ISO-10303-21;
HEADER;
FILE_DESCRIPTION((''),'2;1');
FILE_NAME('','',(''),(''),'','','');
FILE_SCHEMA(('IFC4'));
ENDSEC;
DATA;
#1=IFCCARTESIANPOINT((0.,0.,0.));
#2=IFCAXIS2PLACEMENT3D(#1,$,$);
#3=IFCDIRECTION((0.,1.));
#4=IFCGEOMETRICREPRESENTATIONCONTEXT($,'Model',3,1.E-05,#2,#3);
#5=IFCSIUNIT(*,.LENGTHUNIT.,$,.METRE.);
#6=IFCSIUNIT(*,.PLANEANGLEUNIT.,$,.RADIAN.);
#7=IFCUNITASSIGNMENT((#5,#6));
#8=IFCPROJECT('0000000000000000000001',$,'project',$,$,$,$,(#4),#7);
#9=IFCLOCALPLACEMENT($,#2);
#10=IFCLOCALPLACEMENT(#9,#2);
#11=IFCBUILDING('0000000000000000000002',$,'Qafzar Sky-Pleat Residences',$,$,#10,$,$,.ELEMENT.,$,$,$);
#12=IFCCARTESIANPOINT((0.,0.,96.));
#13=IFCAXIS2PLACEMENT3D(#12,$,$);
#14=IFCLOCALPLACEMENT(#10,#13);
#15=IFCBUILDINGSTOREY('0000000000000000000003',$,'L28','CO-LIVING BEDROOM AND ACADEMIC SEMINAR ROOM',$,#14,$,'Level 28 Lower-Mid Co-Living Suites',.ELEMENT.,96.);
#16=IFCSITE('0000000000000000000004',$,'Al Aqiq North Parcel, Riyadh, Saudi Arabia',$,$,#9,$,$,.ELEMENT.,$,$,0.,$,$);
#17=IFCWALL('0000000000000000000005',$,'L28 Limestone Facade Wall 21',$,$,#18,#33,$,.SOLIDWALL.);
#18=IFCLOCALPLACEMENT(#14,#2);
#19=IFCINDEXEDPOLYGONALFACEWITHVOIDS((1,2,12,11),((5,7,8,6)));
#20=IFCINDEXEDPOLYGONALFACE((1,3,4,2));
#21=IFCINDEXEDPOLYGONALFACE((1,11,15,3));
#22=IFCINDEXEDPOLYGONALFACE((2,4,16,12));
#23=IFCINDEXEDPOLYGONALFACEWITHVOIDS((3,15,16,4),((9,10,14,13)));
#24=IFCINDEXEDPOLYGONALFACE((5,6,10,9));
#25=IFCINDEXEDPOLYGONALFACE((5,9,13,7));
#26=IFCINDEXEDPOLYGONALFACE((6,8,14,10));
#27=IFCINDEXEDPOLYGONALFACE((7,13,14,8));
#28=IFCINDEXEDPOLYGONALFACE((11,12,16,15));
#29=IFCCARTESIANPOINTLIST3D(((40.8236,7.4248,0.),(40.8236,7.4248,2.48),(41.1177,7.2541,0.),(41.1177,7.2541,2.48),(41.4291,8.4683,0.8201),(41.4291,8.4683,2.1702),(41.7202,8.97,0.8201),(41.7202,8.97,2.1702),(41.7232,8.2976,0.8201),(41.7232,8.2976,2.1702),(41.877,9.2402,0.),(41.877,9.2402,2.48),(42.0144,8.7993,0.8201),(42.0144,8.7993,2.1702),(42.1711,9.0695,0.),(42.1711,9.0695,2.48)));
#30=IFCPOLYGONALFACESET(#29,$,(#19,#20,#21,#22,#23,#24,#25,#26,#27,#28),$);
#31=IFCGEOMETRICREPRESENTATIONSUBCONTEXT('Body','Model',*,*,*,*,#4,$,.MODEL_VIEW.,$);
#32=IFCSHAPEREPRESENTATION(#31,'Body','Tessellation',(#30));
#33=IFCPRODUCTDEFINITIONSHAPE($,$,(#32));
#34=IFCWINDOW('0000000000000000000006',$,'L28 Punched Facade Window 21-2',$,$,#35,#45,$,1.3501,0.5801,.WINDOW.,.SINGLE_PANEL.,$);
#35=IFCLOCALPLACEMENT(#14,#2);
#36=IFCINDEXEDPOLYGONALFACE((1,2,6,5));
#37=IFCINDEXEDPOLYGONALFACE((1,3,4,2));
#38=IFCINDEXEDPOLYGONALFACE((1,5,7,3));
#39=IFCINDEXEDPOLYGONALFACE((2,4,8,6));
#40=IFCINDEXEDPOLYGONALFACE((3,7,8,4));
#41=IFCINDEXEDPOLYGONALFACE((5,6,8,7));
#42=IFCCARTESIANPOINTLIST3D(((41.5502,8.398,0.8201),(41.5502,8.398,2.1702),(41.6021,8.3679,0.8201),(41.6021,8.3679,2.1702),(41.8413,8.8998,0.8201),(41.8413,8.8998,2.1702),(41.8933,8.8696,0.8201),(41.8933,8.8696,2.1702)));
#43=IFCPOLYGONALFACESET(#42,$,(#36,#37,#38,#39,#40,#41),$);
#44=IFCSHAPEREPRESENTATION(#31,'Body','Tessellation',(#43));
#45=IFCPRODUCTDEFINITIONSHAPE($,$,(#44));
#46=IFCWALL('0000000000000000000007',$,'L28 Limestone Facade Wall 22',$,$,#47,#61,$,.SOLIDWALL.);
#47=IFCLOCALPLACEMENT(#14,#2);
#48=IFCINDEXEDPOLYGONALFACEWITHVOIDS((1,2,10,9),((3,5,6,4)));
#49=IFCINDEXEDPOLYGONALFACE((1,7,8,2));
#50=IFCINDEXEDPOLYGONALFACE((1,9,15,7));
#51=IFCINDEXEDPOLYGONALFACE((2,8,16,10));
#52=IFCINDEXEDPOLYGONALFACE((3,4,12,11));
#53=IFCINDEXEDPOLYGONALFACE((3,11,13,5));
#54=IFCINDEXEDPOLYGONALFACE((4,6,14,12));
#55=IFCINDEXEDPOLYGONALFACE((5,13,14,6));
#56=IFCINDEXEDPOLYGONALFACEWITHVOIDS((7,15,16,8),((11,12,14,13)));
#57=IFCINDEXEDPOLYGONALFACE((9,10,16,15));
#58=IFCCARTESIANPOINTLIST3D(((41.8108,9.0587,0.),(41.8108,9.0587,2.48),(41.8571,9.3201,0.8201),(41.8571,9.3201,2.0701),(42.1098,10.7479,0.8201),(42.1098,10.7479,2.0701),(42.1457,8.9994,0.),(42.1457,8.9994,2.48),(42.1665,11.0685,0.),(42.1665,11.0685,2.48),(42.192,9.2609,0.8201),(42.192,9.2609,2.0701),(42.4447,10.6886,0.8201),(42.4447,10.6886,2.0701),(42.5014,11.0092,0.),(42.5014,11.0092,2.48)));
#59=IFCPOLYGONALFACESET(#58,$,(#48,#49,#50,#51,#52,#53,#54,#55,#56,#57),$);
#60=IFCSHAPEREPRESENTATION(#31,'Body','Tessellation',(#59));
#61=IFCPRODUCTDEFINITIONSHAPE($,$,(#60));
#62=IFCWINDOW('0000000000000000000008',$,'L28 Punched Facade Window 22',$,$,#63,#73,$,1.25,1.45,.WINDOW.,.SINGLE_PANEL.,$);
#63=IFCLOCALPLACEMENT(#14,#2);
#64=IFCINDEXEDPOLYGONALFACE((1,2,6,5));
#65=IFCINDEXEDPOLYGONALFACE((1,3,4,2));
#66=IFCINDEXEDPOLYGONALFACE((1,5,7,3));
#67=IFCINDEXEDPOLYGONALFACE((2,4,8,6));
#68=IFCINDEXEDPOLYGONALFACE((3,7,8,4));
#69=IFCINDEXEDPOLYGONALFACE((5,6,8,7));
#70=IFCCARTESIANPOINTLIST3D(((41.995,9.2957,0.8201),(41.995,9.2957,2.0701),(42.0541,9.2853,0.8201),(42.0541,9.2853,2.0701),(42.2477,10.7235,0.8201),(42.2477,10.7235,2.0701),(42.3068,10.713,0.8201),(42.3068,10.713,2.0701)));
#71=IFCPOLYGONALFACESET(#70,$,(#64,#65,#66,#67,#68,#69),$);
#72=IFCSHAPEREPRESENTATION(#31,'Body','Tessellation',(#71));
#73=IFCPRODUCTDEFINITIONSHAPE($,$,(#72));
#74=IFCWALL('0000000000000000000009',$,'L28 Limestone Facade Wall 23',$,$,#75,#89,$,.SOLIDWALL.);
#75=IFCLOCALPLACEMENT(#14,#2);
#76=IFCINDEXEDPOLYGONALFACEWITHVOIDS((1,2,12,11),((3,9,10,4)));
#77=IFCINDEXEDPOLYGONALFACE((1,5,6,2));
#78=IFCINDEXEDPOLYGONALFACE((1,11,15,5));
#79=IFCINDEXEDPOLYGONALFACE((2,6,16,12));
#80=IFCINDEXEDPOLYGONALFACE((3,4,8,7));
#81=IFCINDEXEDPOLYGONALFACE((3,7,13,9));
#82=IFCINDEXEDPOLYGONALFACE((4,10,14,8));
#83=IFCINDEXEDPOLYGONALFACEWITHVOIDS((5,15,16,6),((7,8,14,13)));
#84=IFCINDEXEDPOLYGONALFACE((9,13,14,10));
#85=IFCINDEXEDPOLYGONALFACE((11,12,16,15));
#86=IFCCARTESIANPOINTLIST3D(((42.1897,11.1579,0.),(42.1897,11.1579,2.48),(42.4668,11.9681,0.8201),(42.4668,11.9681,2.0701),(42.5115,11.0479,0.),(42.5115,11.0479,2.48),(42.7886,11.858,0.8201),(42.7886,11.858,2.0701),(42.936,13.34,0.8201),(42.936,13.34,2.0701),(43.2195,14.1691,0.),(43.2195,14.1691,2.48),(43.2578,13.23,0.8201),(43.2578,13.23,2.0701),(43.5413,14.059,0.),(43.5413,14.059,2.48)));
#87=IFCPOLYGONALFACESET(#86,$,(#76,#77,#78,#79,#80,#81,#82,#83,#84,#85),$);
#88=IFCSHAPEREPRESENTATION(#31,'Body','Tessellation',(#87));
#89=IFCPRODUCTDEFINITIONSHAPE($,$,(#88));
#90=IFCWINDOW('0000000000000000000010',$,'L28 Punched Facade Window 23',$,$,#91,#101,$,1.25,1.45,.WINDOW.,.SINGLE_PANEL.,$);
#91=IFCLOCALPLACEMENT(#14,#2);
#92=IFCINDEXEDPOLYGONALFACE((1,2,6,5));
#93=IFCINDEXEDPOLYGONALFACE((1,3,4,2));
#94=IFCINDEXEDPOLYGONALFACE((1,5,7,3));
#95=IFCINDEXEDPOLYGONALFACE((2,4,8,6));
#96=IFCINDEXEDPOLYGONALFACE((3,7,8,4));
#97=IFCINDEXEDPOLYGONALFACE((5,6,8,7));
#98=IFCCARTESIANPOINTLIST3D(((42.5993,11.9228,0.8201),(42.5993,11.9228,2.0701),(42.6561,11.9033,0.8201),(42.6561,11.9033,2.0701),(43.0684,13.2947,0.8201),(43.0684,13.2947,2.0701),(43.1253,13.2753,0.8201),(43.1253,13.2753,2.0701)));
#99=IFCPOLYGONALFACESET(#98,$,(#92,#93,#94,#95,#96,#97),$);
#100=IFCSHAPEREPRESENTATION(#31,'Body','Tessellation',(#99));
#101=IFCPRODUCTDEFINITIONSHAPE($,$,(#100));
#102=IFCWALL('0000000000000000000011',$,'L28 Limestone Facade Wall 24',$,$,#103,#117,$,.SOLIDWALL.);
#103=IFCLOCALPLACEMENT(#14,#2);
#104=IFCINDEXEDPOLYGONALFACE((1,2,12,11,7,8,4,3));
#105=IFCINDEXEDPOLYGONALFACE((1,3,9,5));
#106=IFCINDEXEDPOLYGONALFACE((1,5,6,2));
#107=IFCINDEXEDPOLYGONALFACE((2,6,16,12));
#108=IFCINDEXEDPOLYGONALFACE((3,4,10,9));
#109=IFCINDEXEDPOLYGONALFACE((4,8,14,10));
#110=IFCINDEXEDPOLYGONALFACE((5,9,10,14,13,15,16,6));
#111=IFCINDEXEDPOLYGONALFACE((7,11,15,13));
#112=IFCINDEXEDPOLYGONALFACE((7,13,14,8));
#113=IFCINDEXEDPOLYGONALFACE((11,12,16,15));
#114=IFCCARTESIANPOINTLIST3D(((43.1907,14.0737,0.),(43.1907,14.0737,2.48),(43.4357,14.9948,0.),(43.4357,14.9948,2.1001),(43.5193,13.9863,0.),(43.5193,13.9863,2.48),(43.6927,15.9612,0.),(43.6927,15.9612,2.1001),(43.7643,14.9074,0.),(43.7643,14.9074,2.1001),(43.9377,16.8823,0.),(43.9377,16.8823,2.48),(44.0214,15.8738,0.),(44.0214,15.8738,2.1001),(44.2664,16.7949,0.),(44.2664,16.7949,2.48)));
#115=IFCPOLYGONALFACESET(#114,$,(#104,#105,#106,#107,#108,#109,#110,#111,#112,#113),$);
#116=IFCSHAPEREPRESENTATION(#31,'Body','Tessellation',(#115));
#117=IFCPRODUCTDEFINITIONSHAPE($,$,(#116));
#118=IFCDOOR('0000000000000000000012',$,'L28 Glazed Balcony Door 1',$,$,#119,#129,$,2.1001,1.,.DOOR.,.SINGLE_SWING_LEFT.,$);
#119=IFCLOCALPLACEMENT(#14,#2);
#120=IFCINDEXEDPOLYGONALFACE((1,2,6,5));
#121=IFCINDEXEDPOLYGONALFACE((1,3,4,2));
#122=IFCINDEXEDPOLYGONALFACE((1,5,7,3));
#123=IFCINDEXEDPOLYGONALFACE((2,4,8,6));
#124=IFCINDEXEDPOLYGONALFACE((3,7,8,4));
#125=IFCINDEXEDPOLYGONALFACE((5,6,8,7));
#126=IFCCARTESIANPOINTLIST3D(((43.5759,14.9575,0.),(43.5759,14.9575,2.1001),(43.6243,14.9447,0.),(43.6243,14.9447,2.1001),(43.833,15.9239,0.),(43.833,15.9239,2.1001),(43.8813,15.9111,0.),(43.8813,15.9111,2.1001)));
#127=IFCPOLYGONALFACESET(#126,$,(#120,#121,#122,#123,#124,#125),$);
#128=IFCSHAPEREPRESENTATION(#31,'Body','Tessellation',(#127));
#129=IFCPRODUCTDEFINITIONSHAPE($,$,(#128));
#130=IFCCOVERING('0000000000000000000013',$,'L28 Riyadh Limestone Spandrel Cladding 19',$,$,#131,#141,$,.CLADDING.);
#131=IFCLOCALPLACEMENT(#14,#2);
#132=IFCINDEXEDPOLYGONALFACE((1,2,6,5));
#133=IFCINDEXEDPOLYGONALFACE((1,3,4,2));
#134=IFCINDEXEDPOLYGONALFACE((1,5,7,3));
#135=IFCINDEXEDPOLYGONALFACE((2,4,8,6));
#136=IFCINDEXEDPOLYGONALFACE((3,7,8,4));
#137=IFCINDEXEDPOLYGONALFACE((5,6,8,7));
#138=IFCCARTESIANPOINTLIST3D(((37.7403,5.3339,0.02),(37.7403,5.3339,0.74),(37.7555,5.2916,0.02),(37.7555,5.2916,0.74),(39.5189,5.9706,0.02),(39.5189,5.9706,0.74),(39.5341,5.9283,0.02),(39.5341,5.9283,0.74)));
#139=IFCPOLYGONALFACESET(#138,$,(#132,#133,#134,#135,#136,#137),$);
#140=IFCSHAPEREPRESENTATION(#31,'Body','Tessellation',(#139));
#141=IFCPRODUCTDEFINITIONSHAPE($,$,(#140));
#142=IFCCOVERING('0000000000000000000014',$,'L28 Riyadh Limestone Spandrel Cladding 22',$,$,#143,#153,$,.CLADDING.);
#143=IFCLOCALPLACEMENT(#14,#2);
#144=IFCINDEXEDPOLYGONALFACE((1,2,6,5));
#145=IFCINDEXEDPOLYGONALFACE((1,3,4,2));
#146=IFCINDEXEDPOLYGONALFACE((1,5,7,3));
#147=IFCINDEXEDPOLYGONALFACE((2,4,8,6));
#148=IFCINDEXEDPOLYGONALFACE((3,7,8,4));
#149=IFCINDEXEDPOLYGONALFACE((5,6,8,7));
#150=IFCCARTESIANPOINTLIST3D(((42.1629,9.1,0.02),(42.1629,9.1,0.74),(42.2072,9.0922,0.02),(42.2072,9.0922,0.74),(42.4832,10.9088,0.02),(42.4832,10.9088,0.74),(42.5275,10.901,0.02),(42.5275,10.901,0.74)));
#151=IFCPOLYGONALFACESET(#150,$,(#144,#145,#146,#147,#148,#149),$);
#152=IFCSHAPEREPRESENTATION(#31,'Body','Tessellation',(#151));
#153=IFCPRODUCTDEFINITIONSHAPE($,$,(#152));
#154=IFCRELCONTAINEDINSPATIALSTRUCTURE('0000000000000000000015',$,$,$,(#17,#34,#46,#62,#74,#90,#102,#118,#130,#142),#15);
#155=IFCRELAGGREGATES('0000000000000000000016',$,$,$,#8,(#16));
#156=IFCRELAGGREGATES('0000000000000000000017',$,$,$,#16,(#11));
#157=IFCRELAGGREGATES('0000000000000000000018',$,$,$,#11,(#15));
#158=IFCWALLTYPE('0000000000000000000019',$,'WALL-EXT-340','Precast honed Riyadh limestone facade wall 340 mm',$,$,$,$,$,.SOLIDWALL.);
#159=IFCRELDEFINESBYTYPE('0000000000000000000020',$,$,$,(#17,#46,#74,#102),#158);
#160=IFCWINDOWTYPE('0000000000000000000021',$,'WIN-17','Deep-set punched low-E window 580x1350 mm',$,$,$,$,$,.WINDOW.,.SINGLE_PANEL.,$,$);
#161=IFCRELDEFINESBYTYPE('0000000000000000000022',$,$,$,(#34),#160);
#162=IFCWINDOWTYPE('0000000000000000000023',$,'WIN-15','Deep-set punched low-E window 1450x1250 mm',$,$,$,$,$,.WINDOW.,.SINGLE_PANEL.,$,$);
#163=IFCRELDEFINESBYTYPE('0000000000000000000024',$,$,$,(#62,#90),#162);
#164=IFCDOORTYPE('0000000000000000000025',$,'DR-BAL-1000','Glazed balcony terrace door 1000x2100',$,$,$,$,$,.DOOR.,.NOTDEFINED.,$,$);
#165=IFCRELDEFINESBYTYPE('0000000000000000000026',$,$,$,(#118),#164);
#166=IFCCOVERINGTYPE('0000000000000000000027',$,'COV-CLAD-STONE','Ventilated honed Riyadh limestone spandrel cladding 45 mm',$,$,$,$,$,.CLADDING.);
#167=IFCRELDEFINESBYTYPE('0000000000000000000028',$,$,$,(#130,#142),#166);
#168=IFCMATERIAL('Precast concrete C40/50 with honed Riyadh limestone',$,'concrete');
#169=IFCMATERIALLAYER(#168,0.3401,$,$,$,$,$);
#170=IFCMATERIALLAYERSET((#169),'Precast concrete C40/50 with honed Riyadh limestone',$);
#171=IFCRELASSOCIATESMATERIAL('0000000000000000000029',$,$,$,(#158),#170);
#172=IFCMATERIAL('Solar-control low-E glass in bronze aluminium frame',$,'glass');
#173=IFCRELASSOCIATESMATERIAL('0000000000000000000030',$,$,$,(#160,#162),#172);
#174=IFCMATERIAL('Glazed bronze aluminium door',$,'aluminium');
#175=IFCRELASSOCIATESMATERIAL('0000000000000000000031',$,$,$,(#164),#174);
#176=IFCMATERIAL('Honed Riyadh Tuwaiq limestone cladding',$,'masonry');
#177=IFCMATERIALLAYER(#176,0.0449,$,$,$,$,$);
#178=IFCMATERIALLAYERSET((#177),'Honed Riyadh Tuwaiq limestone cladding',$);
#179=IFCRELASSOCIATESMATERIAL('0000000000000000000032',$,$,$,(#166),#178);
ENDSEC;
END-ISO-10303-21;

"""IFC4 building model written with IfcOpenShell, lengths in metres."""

from ifc_helpers import new_model, si_unit, direction, frame, frame_2d, origin, origin_2d, place, context, subcontext, project, spatial, rectangle, extrude, source, transform, mapped, material, layer, layer_set, type_object, element, fill, save


model = new_model("IFC4")

# Units and contexts
model_context = context("Model", 3, precision=1e-05, world=origin(), true_north=direction((0.0, 1.0)))
body_context = subcontext(model_context, "Body", "Model", "MODEL_VIEW")
ifc_project = project(units=[si_unit("LENGTHUNIT", "METRE"), si_unit("PLANEANGLEUNIT", "RADIAN")], contexts=[model_context])

# Site, building, storey
site_placement = place(None, origin())
site = spatial("IfcSite", under=ifc_project, at=site_placement, Name="Al Aqiq North Parcel, Riyadh, Saudi Arabia", CompositionType="ELEMENT", RefElevation=0.0)
building_placement = place(site_placement, origin())
building = spatial("IfcBuilding", under=site, at=building_placement, Name="Qafzar Sky-Pleat Residences", CompositionType="ELEMENT")
storey_placement = place(building_placement, frame((0.0, 0.0, 96.0)))
storey = spatial("IfcBuildingStorey", under=building, at=storey_placement, Name="L28", Description="CO-LIVING BEDROOM AND ACADEMIC SEMINAR ROOM", LongName="Level 28 Lower-Mid Co-Living Suites", CompositionType="ELEMENT", Elevation=96.0)

# Walls, openings, windows
ifc_material_1 = material(Name="Precast concrete C40/50 with honed Riyadh limestone", Category="concrete")
ifc_layer_1 = layer(ifc_material_1, 0.3401)
ifc_layer_set_1 = layer_set([ifc_layer_1], Name="Precast concrete C40/50 with honed Riyadh limestone")
wall_type_1 = type_object("IfcWallType", Name="WALL-EXT-340", Description="Precast honed Riyadh limestone facade wall 340 mm", PredefinedType="SOLIDWALL", material=ifc_layer_set_1)
ifc_material_2 = material(Name="Solar-control low-E glass in bronze aluminium frame", Category="glass")
wall_1_placement = place(storey_placement, frame((40.9707, 7.3396, 0.0), z_axis=(0.0, 0.0, 1.0), x_axis=(0.501903, 0.864924, 0.0)))
wall_1 = element("IfcWall", 1, at=wall_1_placement, inside=storey, type_object=wall_type_1, Name="L28 Limestone Facade Wall 21", PredefinedType="SOLIDWALL", context=body_context, shape_type="SweptSolid", body=[
    extrude(rectangle(XDim=2.0989, YDim=0.3401, at=frame_2d((1.0493, 0.0))), origin(), (0.0, 0.0, 1.0), 2.48),
])
opening_1_placement = place(wall_1_placement, frame((1.2063, 0.0, 0.8201)))
opening_1 = element("IfcOpeningElement", 2, at=opening_1_placement, cuts=wall_1, PredefinedType="OPENING", context=body_context, shape_type="SweptSolid", body=[
    extrude(rectangle(XDim=0.5801, YDim=1.3501, at=frame_2d((0.29, 0.675))), frame((0.0, 0.1802, 0.0), z_axis=(0.0, -1.0, 0.0), x_axis=(1.0, 0.0, 0.0)), (0.0, 0.0, 1.0), 0.3601),
])
window_type_1 = type_object("IfcWindowType", Name="WIN-17", Description="Deep-set punched low-E window 580x1350 mm", PartitioningType="SINGLE_PANEL", PredefinedType="WINDOW", material=ifc_material_2)
shared_shape_1 = source(origin(), body_context, "Body", "SweptSolid", [
    extrude(rectangle(XDim=0.5801, YDim=1.3501, at=frame_2d((0.29, 0.675))), frame((0.0, 0.03, 0.0), z_axis=(0.0, -1.0, 0.0), x_axis=(1.0, 0.0, 0.0)), (0.0, 0.0, 1.0), 0.0601),
])
window_1_placement = place(opening_1_placement, origin())
window_1 = element("IfcWindow", 3, at=window_1_placement, inside=storey, type_object=window_type_1, Name="L28 Punched Facade Window 21-2", OverallHeight=1.3501, OverallWidth=0.5801, PartitioningType="SINGLE_PANEL", PredefinedType="WINDOW", context=body_context, shape_type="MappedRepresentation", body=[
    mapped(shared_shape_1, transform((0.0, 0.0, 0.0), x_axis=(1.0, 0.0, 0.0), y_axis=(0.0, 1.0, 0.0), z_axis=(0.0, 0.0, 1.0), scale=1.0)),
])
fill(opening_1, window_1)
wall_2_placement = place(storey_placement, frame((41.9783, 9.0291, 0.0), z_axis=(0.0, 0.0, 1.0), x_axis=(0.174283, 0.984696, 0.0)))
wall_2 = element("IfcWall", 4, at=wall_2_placement, inside=storey, type_object=wall_type_1, Name="L28 Limestone Facade Wall 22", PredefinedType="SOLIDWALL", context=body_context, shape_type="SweptSolid", body=[
    extrude(rectangle(XDim=2.041, YDim=0.3401, at=frame_2d((1.0205, 0.0))), origin(), (0.0, 0.0, 1.0), 2.48),
])
opening_2_placement = place(wall_2_placement, frame((0.2654, 0.0, 0.8201)))
opening_2 = element("IfcOpeningElement", 5, at=opening_2_placement, cuts=wall_2, PredefinedType="OPENING", context=body_context, shape_type="SweptSolid", body=[
    extrude(rectangle(XDim=1.45, YDim=1.25, at=frame_2d((0.7251, 0.625))), frame((0.0, 0.1802, 0.0), z_axis=(0.0, -1.0, 0.0), x_axis=(1.0, 0.0, 0.0)), (0.0, 0.0, 1.0), 0.3601),
])
window_type_2 = type_object("IfcWindowType", Name="WIN-15", Description="Deep-set punched low-E window 1450x1250 mm", PartitioningType="SINGLE_PANEL", PredefinedType="WINDOW", material=ifc_material_2)
shared_shape_2 = source(origin(), body_context, "Body", "SweptSolid", [
    extrude(rectangle(XDim=1.45, YDim=1.25, at=frame_2d((0.7251, 0.625))), frame((0.0, 0.03, 0.0), z_axis=(0.0, -1.0, 0.0), x_axis=(1.0, 0.0, 0.0)), (0.0, 0.0, 1.0), 0.0601),
])
window_2_placement = place(opening_2_placement, origin())
window_2 = element("IfcWindow", 6, at=window_2_placement, inside=storey, type_object=window_type_2, Name="L28 Punched Facade Window 22", OverallHeight=1.25, OverallWidth=1.45, PartitioningType="SINGLE_PANEL", PredefinedType="WINDOW", context=body_context, shape_type="MappedRepresentation", body=[
    mapped(shared_shape_2, transform((0.0, 0.0, 0.0), x_axis=(1.0, 0.0, 0.0), y_axis=(0.0, 1.0, 0.0), z_axis=(0.0, 0.0, 1.0), scale=1.0)),
])
fill(opening_2, window_2)
wall_3_placement = place(storey_placement, frame((42.3506, 11.1028, 0.0), z_axis=(0.0, 0.0, 1.0), x_axis=(0.323583, 0.9462, 0.0)))
wall_3 = element("IfcWall", 7, at=wall_3_placement, inside=storey, type_object=wall_type_1, Name="L28 Limestone Facade Wall 23", PredefinedType="SOLIDWALL", context=body_context, shape_type="SweptSolid", body=[
    extrude(rectangle(XDim=3.1824, YDim=0.3401, at=frame_2d((1.5913, 0.0))), origin(), (0.0, 0.0, 1.0), 2.48),
])
opening_3_placement = place(wall_3_placement, frame((0.8562, 0.0, 0.8201)))
opening_3 = element("IfcOpeningElement", 8, at=opening_3_placement, cuts=wall_3, PredefinedType="OPENING", context=body_context, shape_type="SweptSolid", body=[
    extrude(rectangle(XDim=1.45, YDim=1.25, at=frame_2d((0.7251, 0.625))), frame((0.0, 0.1802, 0.0), z_axis=(0.0, -1.0, 0.0), x_axis=(1.0, 0.0, 0.0)), (0.0, 0.0, 1.0), 0.3601),
])
window_3_placement = place(opening_3_placement, origin())
window_3 = element("IfcWindow", 9, at=window_3_placement, inside=storey, type_object=window_type_2, Name="L28 Punched Facade Window 23", OverallHeight=1.25, OverallWidth=1.45, PartitioningType="SINGLE_PANEL", PredefinedType="WINDOW", context=body_context, shape_type="MappedRepresentation", body=[
    mapped(shared_shape_2, transform((0.0, 0.0, 0.0), x_axis=(1.0, 0.0, 0.0), y_axis=(0.0, 1.0, 0.0), z_axis=(0.0, 0.0, 1.0), scale=1.0)),
])
fill(opening_3, window_3)

# Wall, opening, door
wall_4_placement = place(storey_placement, frame((43.355, 14.03, 0.0), z_axis=(0.0, 0.0, 1.0), x_axis=(0.257056, 0.966396, 0.0)))
wall_4 = element("IfcWall", 10, at=wall_4_placement, inside=storey, type_object=wall_type_1, Name="L28 Limestone Facade Wall 24", PredefinedType="SOLIDWALL", context=body_context, shape_type="SweptSolid", body=[
    extrude(rectangle(XDim=2.9062, YDim=0.3401, at=frame_2d((1.4531, 0.0))), origin(), (0.0, 0.0, 1.0), 2.48),
])
opening_4_placement = place(wall_4_placement, frame((0.9531, 0.0, 0.0)))
opening_4 = element("IfcOpeningElement", 11, at=opening_4_placement, cuts=wall_4, PredefinedType="OPENING", context=body_context, shape_type="SweptSolid", body=[
    extrude(rectangle(XDim=1.0, YDim=2.1001, at=frame_2d((0.5, 1.05))), frame((0.0, 0.1802, 0.0), z_axis=(0.0, -1.0, 0.0), x_axis=(1.0, 0.0, 0.0)), (0.0, 0.0, 1.0), 0.3601),
])
ifc_material_3 = material(Name="Glazed bronze aluminium door", Category="aluminium")
door_type_1 = type_object("IfcDoorType", Name="DR-BAL-1000", Description="Glazed balcony terrace door 1000x2100", OperationType="NOTDEFINED", PredefinedType="DOOR", material=ifc_material_3)
shared_shape_3 = source(origin(), body_context, "Body", "SweptSolid", [
    extrude(rectangle(XDim=1.0, YDim=2.1001, at=frame_2d((0.5, 1.05))), frame((0.0, 0.0249, 0.0), z_axis=(0.0, -1.0, 0.0), x_axis=(1.0, 0.0, 0.0)), (0.0, 0.0, 1.0), 0.05),
])
door_1_placement = place(opening_4_placement, origin())
door_1 = element("IfcDoor", 12, at=door_1_placement, inside=storey, type_object=door_type_1, Name="L28 Glazed Balcony Door 1", OperationType="SINGLE_SWING_LEFT", OverallHeight=2.1001, OverallWidth=1.0, PredefinedType="DOOR", context=body_context, shape_type="MappedRepresentation", body=[
    mapped(shared_shape_3, transform((0.0, 0.0, 0.0), x_axis=(1.0, 0.0, 0.0), y_axis=(0.0, 1.0, 0.0), z_axis=(0.0, 0.0, 1.0), scale=1.0)),
])
fill(opening_4, door_1)

# Coverings
ifc_material_4 = material(Name="Honed Riyadh Tuwaiq limestone cladding", Category="masonry")
ifc_layer_2 = layer(ifc_material_4, 0.0449)
ifc_layer_set_2 = layer_set([ifc_layer_2], Name="Honed Riyadh Tuwaiq limestone cladding")
covering_type = type_object("IfcCoveringType", Name="COV-CLAD-STONE", Description="Ventilated honed Riyadh limestone spandrel cladding 45 mm", PredefinedType="CLADDING", material=ifc_layer_set_2)
shared_shape_4 = source(origin(), body_context, "Body", "SweptSolid", [
    extrude(rectangle(XDim=1.8892, YDim=0.0449, at=origin_2d()), origin(), (0.0, 0.0, 1.0), 0.72),
])
covering_1_placement = place(storey_placement, frame((38.6372, 5.6311, 0.02), z_axis=(0.0, 0.0, 1.0), x_axis=(0.941483, 0.337061, 0.0)))
element("IfcCovering", 13, at=covering_1_placement, inside=storey, type_object=covering_type, Name="L28 Riyadh Limestone Spandrel Cladding 19", PredefinedType="CLADDING", context=body_context, shape_type="MappedRepresentation", body=[
    mapped(shared_shape_4, transform((0.0, 0.0, 0.0), x_axis=(1.0, 0.0, 0.0), y_axis=(0.0, 1.0, 0.0), z_axis=(0.0, 0.0, 1.0), scale=1.0)),
])
shared_shape_5 = source(origin(), body_context, "Body", "SweptSolid", [
    extrude(rectangle(XDim=1.8369, YDim=0.0449, at=origin_2d()), origin(), (0.0, 0.0, 1.0), 0.72),
])
covering_2_placement = place(storey_placement, frame((42.3452, 10.0005, 0.02), z_axis=(0.0, 0.0, 1.0), x_axis=(0.174369, 0.98468, 0.0)))
element("IfcCovering", 14, at=covering_2_placement, inside=storey, type_object=covering_type, Name="L28 Riyadh Limestone Spandrel Cladding 22", PredefinedType="CLADDING", context=body_context, shape_type="MappedRepresentation", body=[
    mapped(shared_shape_5, transform((0.0, 0.0, 0.0), x_axis=(1.0, 0.0, 0.0), y_axis=(0.0, 1.0, 0.0), z_axis=(0.0, 0.0, 1.0), scale=1.0)),
])

save(model, "model.ifc")
